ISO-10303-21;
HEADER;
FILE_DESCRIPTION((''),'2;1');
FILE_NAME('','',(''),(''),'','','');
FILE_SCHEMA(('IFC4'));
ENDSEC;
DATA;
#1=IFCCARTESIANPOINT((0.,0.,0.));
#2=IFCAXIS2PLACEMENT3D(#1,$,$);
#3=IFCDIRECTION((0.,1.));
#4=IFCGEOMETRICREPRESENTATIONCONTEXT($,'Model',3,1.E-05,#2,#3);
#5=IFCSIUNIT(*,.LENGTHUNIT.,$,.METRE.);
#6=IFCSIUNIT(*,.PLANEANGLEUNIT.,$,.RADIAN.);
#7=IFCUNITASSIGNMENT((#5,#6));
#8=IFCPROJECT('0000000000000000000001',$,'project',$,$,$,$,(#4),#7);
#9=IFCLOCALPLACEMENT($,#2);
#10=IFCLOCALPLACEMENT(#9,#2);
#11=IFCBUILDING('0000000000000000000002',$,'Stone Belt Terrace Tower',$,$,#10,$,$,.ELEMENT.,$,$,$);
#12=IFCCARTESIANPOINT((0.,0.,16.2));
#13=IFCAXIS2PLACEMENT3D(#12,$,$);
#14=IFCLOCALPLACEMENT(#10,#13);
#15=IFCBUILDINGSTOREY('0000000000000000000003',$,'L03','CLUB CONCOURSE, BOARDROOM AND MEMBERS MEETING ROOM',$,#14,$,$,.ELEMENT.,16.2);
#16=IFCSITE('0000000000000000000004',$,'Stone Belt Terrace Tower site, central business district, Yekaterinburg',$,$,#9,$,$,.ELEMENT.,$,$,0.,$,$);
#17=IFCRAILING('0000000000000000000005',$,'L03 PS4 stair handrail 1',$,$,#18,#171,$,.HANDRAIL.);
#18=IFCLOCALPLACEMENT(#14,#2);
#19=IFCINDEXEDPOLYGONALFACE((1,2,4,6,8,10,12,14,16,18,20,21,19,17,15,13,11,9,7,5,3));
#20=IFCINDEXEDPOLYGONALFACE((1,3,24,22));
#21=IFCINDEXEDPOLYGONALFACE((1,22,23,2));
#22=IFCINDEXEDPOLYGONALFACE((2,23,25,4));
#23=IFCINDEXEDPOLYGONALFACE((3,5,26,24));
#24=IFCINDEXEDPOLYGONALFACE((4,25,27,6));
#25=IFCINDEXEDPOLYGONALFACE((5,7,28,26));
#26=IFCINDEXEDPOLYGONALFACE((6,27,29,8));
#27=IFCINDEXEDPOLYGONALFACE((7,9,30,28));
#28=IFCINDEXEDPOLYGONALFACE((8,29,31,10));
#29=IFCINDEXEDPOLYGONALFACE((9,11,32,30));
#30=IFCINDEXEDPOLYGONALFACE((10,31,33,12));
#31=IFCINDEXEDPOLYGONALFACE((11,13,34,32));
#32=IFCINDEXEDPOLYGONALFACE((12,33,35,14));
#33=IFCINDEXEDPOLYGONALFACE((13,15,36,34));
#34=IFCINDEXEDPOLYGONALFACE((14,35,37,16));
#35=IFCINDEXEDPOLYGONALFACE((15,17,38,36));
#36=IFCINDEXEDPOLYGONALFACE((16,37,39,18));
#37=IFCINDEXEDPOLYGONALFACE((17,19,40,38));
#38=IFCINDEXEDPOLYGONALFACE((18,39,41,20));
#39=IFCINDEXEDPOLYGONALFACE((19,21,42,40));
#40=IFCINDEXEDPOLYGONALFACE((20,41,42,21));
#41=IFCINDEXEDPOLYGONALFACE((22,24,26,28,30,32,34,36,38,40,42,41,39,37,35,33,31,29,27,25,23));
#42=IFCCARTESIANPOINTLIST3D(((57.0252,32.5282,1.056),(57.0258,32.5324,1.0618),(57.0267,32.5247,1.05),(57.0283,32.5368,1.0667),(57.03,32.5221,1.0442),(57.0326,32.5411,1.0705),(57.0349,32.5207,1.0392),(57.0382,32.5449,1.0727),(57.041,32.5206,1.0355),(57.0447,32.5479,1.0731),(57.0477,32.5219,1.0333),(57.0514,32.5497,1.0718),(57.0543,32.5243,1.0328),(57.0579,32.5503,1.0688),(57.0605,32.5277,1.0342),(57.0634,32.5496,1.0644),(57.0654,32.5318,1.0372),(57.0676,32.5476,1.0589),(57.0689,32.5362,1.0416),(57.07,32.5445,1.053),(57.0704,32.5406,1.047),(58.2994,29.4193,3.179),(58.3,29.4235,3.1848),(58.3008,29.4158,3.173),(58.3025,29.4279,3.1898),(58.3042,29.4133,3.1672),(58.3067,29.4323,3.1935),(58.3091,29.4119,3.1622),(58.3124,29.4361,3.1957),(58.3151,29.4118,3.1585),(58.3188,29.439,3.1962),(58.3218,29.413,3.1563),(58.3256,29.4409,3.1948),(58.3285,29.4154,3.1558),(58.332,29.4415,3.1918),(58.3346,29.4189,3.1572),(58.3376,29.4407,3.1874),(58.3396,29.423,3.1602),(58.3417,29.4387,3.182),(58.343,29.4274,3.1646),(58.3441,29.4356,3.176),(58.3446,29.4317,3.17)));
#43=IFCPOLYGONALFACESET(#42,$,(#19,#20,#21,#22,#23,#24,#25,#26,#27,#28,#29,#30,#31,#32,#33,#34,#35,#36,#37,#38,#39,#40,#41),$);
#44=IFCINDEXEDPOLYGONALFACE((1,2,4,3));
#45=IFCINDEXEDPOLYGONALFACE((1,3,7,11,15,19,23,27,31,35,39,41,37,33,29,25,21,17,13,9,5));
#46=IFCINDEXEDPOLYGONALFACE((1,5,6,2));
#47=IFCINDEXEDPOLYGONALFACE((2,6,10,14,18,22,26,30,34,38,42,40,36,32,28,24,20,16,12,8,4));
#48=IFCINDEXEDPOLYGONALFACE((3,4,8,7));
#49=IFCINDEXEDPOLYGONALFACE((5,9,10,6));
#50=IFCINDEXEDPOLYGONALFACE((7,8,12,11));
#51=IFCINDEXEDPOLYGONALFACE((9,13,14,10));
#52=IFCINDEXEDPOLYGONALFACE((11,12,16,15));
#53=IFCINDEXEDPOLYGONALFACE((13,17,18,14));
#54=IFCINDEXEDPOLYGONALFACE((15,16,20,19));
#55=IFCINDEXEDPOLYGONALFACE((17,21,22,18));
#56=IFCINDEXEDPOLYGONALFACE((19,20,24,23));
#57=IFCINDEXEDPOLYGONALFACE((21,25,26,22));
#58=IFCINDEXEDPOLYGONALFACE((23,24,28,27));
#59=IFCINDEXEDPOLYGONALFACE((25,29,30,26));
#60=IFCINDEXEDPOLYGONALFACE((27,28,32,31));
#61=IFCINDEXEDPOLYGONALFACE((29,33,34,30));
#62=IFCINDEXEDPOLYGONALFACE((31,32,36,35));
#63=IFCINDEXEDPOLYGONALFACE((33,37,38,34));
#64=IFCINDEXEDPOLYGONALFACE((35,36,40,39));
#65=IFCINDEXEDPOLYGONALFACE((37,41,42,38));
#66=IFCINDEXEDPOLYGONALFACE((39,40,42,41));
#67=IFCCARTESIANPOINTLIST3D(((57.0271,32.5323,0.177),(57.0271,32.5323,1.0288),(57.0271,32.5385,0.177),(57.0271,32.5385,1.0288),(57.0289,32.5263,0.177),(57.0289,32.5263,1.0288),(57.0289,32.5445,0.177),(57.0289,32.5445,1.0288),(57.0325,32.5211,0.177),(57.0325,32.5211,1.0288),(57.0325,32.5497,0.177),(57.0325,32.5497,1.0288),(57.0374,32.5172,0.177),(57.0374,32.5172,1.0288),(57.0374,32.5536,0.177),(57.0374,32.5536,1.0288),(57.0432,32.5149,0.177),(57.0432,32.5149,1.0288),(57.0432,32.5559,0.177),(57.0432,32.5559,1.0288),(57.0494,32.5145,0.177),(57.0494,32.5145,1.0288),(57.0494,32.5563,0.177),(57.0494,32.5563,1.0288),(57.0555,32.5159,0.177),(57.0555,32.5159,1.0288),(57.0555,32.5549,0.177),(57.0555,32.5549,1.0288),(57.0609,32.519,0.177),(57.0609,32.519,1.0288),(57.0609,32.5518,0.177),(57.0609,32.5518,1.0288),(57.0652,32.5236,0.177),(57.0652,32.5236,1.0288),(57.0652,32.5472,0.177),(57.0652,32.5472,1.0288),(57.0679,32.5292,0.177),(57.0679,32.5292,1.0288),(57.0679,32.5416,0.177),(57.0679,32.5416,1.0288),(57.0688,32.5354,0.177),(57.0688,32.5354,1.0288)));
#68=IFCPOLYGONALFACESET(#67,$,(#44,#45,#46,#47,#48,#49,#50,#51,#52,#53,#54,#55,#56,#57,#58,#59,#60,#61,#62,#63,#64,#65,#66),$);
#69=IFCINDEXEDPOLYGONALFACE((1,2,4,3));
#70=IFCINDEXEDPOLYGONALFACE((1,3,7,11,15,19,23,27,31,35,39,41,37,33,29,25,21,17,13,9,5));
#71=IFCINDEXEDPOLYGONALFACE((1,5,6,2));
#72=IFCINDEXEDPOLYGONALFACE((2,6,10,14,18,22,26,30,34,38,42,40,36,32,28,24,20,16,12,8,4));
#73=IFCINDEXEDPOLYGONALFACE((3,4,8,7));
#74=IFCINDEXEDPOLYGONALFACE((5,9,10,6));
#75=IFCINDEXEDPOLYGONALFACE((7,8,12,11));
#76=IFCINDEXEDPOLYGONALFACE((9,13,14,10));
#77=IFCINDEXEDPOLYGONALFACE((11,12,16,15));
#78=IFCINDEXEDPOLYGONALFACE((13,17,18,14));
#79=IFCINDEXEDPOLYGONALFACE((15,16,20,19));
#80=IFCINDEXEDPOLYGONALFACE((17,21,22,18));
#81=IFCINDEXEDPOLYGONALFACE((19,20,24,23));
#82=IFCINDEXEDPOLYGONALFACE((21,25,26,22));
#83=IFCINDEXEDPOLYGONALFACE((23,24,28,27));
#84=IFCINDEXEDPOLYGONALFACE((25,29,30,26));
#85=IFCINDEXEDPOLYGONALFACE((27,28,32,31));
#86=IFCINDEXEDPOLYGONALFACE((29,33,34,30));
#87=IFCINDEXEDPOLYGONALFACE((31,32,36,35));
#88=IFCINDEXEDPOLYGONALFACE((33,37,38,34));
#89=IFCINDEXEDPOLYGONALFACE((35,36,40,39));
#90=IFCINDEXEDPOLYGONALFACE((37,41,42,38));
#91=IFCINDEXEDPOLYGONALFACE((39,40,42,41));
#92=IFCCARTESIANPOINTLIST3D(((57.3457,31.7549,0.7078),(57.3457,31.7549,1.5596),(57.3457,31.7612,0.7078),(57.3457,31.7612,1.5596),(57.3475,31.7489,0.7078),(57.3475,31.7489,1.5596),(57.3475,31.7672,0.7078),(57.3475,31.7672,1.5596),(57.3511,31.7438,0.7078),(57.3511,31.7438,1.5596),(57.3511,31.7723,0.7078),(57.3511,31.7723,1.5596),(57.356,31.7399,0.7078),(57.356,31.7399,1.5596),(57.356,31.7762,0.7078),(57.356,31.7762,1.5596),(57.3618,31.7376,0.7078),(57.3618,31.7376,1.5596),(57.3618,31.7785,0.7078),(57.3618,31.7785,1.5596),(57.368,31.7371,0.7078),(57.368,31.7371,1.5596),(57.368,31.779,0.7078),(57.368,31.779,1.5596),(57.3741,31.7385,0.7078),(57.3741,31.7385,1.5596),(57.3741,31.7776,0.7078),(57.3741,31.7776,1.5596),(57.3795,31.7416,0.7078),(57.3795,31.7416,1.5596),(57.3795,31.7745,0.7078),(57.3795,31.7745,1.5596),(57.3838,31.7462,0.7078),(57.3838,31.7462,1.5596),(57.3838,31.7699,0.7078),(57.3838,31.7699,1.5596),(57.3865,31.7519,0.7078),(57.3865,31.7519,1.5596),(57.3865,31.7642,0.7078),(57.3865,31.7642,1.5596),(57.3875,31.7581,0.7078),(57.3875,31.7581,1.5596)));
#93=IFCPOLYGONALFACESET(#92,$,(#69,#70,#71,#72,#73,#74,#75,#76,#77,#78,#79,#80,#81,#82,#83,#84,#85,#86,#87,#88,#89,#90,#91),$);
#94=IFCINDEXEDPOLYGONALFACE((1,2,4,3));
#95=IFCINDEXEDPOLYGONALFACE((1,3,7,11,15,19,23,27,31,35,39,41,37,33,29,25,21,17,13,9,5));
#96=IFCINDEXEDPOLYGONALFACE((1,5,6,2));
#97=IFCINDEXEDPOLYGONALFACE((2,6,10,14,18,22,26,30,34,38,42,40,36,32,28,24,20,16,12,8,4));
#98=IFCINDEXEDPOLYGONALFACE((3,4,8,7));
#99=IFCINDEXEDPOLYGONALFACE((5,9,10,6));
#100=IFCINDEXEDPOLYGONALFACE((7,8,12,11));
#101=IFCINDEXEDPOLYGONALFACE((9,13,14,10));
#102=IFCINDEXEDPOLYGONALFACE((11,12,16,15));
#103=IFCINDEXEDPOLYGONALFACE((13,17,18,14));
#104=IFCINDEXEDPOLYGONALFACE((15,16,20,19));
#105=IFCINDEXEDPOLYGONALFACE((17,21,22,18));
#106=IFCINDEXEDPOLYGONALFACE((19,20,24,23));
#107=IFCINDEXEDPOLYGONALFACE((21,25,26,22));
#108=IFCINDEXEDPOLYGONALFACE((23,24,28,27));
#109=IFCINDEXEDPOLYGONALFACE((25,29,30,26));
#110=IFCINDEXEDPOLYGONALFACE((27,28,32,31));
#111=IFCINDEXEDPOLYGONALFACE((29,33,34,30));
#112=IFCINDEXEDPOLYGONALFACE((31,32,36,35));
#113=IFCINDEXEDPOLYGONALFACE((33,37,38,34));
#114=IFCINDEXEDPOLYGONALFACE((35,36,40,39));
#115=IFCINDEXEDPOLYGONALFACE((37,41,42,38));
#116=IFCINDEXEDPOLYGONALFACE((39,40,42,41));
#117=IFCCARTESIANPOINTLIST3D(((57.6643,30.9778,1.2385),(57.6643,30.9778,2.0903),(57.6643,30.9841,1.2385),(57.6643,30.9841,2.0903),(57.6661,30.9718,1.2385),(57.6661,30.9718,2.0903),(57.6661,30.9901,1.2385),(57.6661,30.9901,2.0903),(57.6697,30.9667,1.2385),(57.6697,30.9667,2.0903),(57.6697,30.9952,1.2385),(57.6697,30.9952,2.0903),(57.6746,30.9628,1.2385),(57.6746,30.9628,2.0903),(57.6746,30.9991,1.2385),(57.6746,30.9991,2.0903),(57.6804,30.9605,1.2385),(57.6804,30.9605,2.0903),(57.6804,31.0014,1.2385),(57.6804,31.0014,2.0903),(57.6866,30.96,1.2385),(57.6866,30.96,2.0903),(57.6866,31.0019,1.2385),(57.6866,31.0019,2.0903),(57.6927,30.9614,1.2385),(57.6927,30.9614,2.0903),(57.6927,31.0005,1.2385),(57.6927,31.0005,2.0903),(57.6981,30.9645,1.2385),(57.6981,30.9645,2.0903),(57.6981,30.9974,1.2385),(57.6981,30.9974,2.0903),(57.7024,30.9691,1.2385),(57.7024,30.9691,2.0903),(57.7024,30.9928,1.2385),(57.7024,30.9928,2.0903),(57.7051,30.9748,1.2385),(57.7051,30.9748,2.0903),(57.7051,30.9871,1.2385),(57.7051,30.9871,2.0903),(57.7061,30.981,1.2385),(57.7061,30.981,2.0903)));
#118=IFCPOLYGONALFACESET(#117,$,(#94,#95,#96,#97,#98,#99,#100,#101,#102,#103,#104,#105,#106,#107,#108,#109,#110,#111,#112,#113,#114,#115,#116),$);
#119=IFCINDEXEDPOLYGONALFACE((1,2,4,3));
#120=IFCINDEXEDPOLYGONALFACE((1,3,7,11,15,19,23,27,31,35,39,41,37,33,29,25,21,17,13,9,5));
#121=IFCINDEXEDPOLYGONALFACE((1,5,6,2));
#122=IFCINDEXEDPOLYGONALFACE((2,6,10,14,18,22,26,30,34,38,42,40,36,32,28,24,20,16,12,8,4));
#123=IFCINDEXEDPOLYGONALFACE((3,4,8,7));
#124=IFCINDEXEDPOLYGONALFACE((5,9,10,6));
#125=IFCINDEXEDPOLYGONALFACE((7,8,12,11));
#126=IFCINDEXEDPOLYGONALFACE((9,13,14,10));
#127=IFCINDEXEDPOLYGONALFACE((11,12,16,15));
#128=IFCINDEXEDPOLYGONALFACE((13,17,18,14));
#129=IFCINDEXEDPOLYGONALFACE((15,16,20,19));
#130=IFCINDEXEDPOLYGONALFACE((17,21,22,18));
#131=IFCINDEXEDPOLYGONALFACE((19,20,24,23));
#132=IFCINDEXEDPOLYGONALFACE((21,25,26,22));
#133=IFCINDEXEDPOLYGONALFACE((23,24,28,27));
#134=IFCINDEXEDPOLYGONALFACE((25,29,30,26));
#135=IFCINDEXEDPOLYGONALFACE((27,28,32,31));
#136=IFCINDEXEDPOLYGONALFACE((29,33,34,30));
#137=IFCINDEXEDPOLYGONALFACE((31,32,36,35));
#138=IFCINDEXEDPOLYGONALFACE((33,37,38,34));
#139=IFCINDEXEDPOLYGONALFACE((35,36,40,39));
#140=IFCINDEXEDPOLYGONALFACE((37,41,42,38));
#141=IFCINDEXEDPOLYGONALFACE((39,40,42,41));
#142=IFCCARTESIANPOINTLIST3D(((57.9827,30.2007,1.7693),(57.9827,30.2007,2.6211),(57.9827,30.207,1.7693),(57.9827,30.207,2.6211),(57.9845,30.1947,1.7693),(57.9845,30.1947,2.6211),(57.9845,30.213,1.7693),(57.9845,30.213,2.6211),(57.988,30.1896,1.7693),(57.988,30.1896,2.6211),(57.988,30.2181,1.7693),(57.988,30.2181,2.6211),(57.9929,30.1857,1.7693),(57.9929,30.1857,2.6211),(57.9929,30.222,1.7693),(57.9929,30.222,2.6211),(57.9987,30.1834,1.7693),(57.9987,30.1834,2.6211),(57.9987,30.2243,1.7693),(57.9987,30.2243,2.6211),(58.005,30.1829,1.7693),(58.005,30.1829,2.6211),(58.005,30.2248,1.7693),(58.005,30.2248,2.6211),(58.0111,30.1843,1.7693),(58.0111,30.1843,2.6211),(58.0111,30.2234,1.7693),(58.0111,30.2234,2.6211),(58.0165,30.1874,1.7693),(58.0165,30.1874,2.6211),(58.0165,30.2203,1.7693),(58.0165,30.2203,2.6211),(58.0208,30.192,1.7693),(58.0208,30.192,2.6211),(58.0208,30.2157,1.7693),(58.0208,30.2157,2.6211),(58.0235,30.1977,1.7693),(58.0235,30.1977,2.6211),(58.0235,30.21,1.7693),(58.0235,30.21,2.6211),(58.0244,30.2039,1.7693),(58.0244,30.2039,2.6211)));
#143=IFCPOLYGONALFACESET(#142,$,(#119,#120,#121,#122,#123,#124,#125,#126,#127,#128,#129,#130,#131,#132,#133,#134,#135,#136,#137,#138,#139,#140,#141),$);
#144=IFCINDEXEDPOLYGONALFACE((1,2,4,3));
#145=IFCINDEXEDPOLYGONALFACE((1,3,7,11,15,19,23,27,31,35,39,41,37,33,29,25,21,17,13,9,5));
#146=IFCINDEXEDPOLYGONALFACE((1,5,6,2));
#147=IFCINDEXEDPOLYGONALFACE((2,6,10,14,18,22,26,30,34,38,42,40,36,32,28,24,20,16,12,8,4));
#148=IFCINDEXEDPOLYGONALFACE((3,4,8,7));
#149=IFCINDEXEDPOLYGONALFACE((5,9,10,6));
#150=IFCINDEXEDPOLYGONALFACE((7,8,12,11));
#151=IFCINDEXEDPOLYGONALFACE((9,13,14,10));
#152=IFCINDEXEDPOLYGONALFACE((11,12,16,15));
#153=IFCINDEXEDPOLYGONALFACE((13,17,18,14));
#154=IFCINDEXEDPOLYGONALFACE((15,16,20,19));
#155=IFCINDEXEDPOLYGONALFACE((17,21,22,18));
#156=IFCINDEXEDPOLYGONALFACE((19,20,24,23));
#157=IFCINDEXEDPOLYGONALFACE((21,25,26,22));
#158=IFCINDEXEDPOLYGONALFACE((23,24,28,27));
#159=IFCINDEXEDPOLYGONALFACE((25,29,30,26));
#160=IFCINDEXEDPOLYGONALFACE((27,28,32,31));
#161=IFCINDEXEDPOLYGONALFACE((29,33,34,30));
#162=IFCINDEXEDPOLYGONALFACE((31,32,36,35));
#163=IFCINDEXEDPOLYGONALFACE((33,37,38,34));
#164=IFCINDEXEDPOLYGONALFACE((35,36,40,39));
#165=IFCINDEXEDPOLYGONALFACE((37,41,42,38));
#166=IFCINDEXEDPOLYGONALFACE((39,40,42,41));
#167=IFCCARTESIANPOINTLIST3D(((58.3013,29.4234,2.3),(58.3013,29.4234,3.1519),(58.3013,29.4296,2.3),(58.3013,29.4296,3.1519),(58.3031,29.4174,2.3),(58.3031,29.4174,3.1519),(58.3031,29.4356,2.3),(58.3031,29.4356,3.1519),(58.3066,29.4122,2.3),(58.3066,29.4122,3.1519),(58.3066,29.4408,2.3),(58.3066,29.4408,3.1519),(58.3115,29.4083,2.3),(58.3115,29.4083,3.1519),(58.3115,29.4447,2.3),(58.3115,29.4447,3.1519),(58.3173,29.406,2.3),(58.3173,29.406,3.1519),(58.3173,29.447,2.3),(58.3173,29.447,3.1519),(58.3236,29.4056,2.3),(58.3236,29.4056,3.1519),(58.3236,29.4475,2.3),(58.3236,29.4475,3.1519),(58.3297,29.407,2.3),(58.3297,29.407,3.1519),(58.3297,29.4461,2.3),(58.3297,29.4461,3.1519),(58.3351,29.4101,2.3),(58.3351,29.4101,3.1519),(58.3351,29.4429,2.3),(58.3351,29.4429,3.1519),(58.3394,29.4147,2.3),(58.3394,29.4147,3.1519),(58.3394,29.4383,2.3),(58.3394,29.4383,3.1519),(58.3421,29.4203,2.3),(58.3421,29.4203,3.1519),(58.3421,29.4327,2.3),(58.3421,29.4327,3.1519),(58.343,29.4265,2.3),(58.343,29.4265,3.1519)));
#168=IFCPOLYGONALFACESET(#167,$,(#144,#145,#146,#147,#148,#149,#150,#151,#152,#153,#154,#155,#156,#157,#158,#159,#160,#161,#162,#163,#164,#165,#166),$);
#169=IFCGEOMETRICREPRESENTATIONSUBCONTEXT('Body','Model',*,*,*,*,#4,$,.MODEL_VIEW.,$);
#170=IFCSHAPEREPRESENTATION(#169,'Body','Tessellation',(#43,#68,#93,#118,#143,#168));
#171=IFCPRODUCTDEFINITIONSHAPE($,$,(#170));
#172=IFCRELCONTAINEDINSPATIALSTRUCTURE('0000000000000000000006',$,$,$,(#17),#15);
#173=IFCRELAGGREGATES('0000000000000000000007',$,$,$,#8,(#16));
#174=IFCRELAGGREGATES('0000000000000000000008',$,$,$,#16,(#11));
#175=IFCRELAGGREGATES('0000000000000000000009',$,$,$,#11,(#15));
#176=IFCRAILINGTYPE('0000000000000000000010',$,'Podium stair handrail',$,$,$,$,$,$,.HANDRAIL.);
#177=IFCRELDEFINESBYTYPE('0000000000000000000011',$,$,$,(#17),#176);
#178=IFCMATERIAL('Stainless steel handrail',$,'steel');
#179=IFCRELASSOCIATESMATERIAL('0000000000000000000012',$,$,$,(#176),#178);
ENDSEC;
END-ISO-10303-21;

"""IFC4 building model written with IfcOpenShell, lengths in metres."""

from ifc_helpers import new_model, si_unit, direction, frame, origin, origin_2d, place, context, subcontext, project, spatial, circle, extrude, material, type_object, element, save


model = new_model("IFC4")

# Units and contexts
model_context = context("Model", 3, precision=1e-05, world=origin(), true_north=direction((0.0, 1.0)))
body_context = subcontext(model_context, "Body", "Model", "MODEL_VIEW")
ifc_project = project(units=[si_unit("LENGTHUNIT", "METRE"), si_unit("PLANEANGLEUNIT", "RADIAN")], contexts=[model_context])

# Site, building, storey
site_placement = place(None, origin())
site = spatial("IfcSite", under=ifc_project, at=site_placement, Name="Stone Belt Terrace Tower site, central business district, Yekaterinburg", CompositionType="ELEMENT", RefElevation=0.0)
building_placement = place(site_placement, origin())
building = spatial("IfcBuilding", under=site, at=building_placement, Name="Stone Belt Terrace Tower", CompositionType="ELEMENT")
storey_placement = place(building_placement, frame((0.0, 0.0, 16.2)))
storey = spatial("IfcBuildingStorey", under=building, at=storey_placement, Name="L03", Description="CLUB CONCOURSE, BOARDROOM AND MEMBERS MEETING ROOM", CompositionType="ELEMENT", Elevation=16.2)

# Railing
ifc_material_1 = material(Name="Stainless steel handrail", Category="steel")
railing_type_1 = type_object("IfcRailingType", Name="Podium stair handrail", PredefinedType="HANDRAIL", material=ifc_material_1)
railing_1_placement = place(storey_placement, frame((57.0479, 32.5354, 0.177)))
element("IfcRailing", 1, at=railing_1_placement, inside=storey, type_object=railing_type_1, Name="L03 PS4 stair handrail 1", PredefinedType="HANDRAIL", context=body_context, shape_type="SweptSolid", body=[
    extrude(circle(Radius=0.0239, at=origin_2d()), frame((0.0, 0.0, 0.876), z_axis=(0.320593, -0.782224, 0.534178), x_axis=(0.925301, 0.379233, 0.0)), (0.0, 0.0, 1.0), 3.9744),
    extrude(circle(Radius=0.021, at=origin_2d()), origin(), (0.0, 0.0, 1.0), 0.8518),
    extrude(circle(Radius=0.021, at=origin_2d()), frame((0.3186, -0.7773, 0.5308)), (0.0, 0.0, 1.0), 0.8518),
    extrude(circle(Radius=0.021, at=origin_2d()), frame((0.6372, -1.5544, 1.0615)), (0.0, 0.0, 1.0), 0.8518),
    extrude(circle(Radius=0.021, at=origin_2d()), frame((0.9556, -2.3315, 1.5923)), (0.0, 0.0, 1.0), 0.8518),
    extrude(circle(Radius=0.021, at=origin_2d()), frame((1.2742, -3.1089, 2.123)), (0.0, 0.0, 1.0), 0.8518),
])

save(model, "model.ifc")
